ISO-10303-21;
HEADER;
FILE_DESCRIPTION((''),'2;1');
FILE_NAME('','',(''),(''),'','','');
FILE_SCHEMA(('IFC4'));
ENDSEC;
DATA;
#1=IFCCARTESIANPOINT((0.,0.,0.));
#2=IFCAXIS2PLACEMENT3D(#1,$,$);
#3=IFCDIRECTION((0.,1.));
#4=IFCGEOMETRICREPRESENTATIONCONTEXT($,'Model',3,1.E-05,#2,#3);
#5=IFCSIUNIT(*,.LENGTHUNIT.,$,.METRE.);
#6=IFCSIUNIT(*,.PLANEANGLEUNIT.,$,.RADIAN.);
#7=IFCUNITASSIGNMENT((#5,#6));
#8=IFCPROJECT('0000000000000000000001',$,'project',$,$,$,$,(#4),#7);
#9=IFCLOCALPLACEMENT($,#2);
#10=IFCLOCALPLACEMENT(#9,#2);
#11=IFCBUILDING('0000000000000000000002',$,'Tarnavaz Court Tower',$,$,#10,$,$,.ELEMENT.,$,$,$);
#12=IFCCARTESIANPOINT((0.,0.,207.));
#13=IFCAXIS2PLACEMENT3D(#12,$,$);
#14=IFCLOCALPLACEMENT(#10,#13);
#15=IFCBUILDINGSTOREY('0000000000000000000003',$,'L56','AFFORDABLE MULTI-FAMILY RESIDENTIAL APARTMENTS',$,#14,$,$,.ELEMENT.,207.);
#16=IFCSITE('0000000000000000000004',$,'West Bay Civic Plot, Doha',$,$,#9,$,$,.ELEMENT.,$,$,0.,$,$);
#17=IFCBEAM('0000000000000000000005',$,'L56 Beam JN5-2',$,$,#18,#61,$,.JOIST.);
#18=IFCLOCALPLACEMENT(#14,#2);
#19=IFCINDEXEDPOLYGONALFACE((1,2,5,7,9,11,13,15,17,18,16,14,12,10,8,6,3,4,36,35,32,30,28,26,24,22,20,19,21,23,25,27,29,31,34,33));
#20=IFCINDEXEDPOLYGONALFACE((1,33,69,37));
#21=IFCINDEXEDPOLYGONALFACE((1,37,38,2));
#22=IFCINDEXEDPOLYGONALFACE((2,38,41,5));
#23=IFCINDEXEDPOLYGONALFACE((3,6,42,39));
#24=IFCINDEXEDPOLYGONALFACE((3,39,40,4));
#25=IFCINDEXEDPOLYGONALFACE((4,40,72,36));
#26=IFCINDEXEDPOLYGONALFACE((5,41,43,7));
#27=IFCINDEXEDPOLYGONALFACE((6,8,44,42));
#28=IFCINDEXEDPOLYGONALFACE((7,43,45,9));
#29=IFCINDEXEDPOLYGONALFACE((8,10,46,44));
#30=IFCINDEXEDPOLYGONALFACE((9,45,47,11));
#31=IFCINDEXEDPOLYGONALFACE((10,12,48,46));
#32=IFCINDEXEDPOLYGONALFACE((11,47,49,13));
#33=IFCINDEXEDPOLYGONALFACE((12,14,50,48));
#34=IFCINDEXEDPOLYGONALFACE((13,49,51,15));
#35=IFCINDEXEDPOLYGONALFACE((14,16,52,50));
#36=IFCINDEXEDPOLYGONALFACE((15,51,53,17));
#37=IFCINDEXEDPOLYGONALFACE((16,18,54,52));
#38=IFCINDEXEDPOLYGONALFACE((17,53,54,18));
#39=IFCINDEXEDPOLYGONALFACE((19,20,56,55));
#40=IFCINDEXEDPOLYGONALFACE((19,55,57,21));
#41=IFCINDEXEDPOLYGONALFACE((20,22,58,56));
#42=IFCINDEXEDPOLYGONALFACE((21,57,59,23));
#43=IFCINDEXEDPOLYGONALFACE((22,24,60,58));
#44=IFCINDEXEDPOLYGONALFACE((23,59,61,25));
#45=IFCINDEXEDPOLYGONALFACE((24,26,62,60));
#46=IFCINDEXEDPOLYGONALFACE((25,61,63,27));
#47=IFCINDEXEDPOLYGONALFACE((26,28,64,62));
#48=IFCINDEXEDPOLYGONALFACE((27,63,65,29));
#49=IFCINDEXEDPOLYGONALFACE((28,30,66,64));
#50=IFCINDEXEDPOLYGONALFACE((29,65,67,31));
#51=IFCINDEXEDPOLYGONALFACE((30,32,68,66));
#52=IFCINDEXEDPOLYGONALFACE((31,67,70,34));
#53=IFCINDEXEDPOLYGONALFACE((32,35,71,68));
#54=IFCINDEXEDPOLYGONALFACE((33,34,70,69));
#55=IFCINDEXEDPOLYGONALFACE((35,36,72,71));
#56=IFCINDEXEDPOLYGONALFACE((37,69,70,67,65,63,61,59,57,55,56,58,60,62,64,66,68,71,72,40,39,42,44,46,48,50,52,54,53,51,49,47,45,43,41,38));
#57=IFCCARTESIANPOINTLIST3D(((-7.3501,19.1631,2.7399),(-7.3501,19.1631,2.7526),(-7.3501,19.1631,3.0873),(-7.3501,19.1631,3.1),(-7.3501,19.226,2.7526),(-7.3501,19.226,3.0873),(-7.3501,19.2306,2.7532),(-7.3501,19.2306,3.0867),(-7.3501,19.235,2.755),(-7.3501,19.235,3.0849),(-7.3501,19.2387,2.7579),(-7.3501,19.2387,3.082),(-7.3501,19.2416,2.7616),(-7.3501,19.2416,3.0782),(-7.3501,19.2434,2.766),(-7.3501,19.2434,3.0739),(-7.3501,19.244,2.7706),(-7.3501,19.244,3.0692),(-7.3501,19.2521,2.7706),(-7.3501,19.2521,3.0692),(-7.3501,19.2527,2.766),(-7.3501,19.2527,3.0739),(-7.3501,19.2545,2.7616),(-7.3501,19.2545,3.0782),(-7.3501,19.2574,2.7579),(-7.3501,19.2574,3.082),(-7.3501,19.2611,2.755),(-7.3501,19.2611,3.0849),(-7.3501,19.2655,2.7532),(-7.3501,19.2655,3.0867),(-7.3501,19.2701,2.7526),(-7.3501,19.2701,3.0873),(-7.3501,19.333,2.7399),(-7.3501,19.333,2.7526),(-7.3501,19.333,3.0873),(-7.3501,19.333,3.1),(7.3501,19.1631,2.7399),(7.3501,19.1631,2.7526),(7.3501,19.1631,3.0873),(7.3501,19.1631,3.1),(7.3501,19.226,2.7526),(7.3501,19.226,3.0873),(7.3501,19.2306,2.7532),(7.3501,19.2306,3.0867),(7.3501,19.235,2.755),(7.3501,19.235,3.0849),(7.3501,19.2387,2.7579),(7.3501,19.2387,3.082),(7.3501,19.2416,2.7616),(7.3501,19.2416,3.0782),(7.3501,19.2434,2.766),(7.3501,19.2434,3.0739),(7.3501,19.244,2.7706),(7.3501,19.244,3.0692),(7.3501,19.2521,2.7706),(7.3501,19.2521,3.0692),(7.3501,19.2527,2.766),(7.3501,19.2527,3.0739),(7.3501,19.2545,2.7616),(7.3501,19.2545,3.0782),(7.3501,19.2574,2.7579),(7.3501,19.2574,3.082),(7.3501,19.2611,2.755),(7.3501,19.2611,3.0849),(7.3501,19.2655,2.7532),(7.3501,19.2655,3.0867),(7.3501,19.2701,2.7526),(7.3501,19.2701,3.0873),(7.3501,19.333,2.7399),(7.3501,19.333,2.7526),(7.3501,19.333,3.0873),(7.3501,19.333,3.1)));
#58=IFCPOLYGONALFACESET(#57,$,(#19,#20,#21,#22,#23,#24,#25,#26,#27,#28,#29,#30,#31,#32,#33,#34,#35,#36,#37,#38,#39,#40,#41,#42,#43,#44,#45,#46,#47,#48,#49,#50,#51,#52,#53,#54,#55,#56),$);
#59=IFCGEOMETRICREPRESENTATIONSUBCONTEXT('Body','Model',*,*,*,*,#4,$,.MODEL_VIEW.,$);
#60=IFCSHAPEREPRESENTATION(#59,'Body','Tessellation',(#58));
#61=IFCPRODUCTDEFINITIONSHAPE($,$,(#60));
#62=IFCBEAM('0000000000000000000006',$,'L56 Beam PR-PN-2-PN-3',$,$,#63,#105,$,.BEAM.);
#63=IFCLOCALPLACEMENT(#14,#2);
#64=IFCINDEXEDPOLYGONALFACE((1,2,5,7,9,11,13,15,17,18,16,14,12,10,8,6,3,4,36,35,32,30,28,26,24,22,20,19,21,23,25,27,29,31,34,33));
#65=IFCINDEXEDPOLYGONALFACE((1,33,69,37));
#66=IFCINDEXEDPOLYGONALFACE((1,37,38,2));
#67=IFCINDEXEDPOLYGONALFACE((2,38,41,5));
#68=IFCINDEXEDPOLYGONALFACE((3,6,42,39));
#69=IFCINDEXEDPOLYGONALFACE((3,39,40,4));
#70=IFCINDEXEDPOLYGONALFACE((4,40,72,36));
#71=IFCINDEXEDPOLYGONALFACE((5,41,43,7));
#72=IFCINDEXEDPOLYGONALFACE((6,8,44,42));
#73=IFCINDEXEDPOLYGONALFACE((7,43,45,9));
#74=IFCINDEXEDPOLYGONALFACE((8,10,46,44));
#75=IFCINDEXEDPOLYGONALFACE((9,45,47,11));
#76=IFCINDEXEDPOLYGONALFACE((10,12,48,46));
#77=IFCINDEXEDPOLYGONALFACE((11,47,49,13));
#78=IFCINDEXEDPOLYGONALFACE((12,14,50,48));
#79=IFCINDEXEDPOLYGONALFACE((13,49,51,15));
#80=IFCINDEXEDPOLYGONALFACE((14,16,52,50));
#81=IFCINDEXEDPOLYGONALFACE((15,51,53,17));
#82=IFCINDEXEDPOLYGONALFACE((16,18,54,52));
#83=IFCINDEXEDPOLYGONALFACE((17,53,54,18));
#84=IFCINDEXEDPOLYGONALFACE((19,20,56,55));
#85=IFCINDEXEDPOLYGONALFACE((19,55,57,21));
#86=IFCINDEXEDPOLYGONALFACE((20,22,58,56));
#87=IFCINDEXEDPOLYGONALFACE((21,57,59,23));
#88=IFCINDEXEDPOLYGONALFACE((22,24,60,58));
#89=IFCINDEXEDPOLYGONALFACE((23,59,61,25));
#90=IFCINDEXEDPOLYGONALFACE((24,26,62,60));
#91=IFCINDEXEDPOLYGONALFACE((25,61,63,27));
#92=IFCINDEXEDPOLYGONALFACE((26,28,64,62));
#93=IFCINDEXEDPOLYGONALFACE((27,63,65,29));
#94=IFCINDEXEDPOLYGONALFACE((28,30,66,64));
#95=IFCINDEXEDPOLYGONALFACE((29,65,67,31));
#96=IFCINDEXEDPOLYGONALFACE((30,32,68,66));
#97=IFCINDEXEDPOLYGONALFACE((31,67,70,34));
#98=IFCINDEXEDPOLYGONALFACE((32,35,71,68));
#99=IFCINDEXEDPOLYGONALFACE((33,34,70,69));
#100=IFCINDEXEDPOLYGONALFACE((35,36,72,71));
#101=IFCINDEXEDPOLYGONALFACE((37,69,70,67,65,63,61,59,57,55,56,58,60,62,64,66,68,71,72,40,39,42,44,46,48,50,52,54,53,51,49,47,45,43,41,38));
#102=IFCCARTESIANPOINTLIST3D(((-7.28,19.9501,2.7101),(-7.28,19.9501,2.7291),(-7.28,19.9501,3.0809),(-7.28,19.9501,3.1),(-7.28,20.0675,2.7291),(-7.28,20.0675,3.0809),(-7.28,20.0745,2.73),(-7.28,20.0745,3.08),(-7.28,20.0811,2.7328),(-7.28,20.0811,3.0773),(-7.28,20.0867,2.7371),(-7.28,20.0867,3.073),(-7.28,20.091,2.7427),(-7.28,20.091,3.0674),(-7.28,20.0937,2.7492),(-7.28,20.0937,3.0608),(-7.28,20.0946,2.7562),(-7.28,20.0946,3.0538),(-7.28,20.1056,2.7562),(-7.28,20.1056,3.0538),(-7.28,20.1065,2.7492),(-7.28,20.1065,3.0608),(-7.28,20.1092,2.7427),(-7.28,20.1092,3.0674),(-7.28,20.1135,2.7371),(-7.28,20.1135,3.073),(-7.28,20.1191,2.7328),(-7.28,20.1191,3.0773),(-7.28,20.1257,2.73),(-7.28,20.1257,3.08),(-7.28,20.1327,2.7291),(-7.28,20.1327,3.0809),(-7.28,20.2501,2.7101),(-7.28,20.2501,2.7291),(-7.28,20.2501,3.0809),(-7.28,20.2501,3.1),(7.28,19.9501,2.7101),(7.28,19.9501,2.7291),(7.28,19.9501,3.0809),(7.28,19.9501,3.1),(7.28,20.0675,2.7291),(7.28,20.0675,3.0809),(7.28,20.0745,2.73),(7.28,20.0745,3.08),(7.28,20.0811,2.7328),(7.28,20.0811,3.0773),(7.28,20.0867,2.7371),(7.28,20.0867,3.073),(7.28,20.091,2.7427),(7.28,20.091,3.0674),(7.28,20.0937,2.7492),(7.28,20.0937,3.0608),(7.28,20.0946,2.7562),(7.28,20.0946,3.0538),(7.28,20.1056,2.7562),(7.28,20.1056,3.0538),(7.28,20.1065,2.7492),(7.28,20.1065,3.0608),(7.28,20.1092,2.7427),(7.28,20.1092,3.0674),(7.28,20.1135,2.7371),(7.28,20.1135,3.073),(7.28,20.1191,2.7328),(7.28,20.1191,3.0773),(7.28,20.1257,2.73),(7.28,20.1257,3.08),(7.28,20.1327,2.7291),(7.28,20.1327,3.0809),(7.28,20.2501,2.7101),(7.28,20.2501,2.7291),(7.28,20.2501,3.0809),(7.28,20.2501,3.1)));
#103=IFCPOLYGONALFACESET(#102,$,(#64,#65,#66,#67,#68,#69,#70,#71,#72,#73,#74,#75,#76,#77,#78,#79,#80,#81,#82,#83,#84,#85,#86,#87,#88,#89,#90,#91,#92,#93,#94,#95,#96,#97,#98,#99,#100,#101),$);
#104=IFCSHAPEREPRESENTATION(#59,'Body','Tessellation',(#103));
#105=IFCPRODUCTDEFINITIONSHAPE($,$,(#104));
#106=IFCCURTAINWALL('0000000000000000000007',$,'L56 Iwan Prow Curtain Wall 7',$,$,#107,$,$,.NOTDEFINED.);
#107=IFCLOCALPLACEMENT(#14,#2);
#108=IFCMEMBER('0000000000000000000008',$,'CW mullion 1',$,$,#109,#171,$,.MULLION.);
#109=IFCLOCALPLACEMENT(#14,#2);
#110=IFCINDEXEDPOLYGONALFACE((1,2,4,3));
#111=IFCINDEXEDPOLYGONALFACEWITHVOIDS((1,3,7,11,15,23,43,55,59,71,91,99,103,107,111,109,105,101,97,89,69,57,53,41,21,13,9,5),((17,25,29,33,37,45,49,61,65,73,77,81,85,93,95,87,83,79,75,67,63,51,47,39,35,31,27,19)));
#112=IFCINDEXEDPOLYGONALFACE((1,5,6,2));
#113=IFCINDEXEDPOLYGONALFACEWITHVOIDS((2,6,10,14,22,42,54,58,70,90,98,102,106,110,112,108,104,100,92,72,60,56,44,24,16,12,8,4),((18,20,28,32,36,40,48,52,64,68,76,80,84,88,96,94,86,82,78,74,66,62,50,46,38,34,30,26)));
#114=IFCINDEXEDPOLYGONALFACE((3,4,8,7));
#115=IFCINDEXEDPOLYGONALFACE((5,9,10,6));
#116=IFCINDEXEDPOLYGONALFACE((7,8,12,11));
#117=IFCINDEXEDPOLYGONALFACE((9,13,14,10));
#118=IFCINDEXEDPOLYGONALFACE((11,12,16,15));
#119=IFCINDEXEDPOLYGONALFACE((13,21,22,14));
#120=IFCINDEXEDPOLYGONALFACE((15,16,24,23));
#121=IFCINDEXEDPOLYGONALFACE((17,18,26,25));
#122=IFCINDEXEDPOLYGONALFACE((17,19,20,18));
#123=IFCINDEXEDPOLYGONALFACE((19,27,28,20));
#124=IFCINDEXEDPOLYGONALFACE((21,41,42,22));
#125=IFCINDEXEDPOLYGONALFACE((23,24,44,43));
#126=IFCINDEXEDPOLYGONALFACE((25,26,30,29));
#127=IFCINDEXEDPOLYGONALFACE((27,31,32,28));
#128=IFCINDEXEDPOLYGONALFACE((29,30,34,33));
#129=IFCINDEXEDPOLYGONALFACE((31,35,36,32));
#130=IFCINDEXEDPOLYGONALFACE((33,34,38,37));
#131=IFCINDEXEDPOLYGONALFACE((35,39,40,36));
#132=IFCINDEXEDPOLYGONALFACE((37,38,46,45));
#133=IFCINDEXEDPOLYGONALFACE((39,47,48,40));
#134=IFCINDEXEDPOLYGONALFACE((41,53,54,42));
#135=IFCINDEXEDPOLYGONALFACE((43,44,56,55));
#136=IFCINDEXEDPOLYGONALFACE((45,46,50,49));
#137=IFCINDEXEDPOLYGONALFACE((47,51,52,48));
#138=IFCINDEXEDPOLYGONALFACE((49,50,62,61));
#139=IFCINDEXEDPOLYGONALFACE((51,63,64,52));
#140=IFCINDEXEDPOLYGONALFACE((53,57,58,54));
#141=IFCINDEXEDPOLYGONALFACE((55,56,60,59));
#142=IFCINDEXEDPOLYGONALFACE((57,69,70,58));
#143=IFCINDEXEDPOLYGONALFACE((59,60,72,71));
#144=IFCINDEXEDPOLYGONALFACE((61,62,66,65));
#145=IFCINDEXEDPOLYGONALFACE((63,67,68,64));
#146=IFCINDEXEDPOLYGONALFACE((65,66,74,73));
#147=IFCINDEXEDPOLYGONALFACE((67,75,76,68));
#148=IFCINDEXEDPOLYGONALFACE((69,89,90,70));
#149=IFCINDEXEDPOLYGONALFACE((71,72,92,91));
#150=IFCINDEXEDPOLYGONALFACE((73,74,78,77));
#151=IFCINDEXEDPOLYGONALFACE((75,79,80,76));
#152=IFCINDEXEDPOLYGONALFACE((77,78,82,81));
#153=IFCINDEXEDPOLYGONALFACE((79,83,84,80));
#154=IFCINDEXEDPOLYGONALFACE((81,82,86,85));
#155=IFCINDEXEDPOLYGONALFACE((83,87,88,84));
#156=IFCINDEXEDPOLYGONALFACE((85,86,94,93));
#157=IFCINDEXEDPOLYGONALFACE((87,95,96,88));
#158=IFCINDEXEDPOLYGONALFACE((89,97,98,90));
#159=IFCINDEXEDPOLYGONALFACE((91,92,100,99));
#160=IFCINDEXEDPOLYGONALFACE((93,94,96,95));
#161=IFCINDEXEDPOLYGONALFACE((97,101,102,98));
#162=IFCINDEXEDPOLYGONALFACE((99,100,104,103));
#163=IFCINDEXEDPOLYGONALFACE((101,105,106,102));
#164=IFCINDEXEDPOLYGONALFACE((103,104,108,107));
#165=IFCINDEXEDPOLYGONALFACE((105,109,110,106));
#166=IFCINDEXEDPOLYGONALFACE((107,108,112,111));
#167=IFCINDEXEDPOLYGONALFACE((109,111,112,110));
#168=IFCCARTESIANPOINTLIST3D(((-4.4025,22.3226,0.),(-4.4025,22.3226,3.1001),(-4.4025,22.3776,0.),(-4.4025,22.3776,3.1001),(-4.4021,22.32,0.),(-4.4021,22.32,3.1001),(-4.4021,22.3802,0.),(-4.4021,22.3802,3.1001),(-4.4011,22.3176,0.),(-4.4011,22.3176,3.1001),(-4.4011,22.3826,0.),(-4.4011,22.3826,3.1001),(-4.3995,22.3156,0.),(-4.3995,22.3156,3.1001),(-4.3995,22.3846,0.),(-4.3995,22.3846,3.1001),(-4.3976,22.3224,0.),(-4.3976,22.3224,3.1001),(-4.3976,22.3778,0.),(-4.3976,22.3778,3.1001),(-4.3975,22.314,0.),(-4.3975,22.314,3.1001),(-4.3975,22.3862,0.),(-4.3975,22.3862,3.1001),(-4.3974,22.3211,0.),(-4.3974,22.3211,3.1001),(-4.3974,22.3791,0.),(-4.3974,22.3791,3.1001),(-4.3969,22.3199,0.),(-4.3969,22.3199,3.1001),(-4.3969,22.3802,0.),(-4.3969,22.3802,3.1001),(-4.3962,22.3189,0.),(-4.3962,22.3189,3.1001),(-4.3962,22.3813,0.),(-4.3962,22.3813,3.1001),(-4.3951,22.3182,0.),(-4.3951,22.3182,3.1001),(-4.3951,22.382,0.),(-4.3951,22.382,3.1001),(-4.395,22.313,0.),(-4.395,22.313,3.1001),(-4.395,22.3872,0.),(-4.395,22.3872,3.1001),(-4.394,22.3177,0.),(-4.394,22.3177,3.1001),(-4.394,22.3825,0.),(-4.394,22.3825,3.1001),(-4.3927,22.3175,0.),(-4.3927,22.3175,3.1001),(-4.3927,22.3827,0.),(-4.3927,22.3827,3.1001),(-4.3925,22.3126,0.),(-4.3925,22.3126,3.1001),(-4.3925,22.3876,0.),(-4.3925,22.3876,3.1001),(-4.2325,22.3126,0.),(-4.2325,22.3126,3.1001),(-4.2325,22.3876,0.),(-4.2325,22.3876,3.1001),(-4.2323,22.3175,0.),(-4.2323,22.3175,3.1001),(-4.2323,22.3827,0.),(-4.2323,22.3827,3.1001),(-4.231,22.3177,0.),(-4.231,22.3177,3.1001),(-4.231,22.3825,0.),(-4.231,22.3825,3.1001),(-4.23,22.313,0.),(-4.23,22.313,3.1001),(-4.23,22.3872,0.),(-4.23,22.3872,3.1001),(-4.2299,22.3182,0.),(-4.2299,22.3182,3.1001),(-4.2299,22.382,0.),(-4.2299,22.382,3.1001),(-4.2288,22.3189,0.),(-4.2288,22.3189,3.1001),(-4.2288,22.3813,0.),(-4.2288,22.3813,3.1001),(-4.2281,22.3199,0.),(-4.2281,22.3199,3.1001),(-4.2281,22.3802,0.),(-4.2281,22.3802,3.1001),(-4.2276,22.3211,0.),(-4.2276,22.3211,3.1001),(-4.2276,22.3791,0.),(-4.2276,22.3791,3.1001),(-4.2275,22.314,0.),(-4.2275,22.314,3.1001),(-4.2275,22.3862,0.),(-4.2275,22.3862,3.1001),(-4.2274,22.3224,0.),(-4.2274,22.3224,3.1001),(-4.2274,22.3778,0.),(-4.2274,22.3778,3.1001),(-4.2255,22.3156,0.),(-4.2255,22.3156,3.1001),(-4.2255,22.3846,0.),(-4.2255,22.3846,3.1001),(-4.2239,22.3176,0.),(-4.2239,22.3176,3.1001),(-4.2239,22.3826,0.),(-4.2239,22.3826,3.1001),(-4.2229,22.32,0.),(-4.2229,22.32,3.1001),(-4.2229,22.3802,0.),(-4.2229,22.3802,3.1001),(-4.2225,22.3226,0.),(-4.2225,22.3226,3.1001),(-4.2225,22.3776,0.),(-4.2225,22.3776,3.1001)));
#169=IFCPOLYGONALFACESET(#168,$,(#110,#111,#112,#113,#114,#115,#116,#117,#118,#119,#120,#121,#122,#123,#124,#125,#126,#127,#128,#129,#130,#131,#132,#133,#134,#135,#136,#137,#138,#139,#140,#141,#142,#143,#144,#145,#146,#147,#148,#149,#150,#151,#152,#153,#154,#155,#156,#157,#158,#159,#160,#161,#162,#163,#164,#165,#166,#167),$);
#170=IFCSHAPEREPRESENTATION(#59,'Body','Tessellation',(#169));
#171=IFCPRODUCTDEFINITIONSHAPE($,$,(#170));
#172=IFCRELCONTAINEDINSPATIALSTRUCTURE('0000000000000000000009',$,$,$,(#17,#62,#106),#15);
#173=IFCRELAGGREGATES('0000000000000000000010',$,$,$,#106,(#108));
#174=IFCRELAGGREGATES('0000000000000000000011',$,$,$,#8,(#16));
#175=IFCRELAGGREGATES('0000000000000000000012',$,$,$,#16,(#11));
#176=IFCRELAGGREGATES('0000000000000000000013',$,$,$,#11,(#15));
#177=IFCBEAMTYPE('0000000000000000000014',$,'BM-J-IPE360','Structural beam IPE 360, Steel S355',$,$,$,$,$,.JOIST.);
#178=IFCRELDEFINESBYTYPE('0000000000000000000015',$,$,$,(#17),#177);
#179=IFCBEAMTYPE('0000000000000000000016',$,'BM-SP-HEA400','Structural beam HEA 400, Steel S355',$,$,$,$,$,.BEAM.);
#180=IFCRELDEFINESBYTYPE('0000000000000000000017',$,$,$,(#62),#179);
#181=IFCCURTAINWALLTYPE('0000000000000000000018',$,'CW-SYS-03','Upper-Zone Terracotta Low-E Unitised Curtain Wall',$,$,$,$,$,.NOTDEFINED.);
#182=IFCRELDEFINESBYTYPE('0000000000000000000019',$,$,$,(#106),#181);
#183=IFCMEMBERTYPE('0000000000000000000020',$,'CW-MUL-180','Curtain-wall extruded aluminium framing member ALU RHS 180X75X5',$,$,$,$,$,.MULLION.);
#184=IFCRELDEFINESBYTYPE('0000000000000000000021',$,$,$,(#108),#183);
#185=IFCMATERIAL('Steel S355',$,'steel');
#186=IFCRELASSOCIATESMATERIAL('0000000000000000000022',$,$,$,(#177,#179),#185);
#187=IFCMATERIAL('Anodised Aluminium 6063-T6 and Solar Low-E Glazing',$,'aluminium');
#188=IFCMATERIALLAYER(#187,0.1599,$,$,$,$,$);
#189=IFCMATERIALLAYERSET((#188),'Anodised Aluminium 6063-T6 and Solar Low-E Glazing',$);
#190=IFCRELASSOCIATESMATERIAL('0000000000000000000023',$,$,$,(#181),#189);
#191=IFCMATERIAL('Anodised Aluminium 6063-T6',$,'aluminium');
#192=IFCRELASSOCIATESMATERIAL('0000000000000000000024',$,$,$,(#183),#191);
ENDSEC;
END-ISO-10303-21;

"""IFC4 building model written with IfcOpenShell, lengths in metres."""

from ifc_helpers import new_model, si_unit, direction, frame, origin, origin_2d, place, context, subcontext, project, spatial, hollow_rectangle, i_section, extrude, material, layer, layer_set, material_profile, profile_set, type_object, element, aggregate, save


model = new_model("IFC4")

# Units and contexts
model_context = context("Model", 3, precision=1e-05, world=origin(), true_north=direction((0.0, 1.0)))
body_context = subcontext(model_context, "Body", "Model", "MODEL_VIEW")
ifc_project = project(units=[si_unit("LENGTHUNIT", "METRE"), si_unit("PLANEANGLEUNIT", "RADIAN")], contexts=[model_context])

# Site, building, storey
site_placement = place(None, origin())
site = spatial("IfcSite", under=ifc_project, at=site_placement, Name="West Bay Civic Plot, Doha", CompositionType="ELEMENT", RefElevation=0.0)
building_placement = place(site_placement, origin())
building = spatial("IfcBuilding", under=site, at=building_placement, Name="Tarnavaz Court Tower", CompositionType="ELEMENT")
storey_placement = place(building_placement, frame((0.0, 0.0, 207.0)))
storey = spatial("IfcBuildingStorey", under=building, at=storey_placement, Name="L56", Description="AFFORDABLE MULTI-FAMILY RESIDENTIAL APARTMENTS", CompositionType="ELEMENT", Elevation=207.0)

# Beams
ifc_material_1 = material(Name="Steel S355", Category="steel")
ifc_material_profile_1 = material_profile(ifc_material_1, i_section(OverallWidth=0.1699, OverallDepth=0.3601, WebThickness=0.0081, FlangeThickness=0.0127, FilletRadius=0.0181, at=origin_2d()), Name="IPE 360")
ifc_profile_set_1 = profile_set([ifc_material_profile_1], Name="Steel S355")
beam_type_1 = type_object("IfcBeamType", Name="BM-J-IPE360", Description="Structural beam IPE 360, Steel S355", PredefinedType="JOIST", material=ifc_profile_set_1)
for number, where, z_axis, x_axis, name in (
    (1, (-7.3501, 19.248, 2.9199), (1.0, 0.0, 0.0), (0.0, 1.0, 0.0), "L56 Beam JN5-2"),
):
    element("IfcBeam", number, at=place(storey_placement, frame(where, z_axis=z_axis, x_axis=x_axis)), inside=storey, type_object=beam_type_1, Name=name, PredefinedType="JOIST", context=body_context, shape_type="SweptSolid", body=[
        extrude(i_section(OverallWidth=0.1699, OverallDepth=0.3601, WebThickness=0.0081, FlangeThickness=0.0127, FilletRadius=0.0181, at=origin_2d()), origin(), (0.0, 0.0, 1.0), 14.7002),
    ])
ifc_material_profile_2 = material_profile(ifc_material_1, i_section(OverallWidth=0.3, OverallDepth=0.3899, WebThickness=0.011, FlangeThickness=0.019, FilletRadius=0.0271, at=origin_2d()), Name="HEA 400")
ifc_profile_set_2 = profile_set([ifc_material_profile_2], Name="Steel S355")
beam_type_2 = type_object("IfcBeamType", Name="BM-SP-HEA400", Description="Structural beam HEA 400, Steel S355", PredefinedType="BEAM", material=ifc_profile_set_2)
beam_placement = place(storey_placement, frame((-7.28, 20.1001, 2.905), z_axis=(1.0, 0.0, 0.0), x_axis=(0.0, 1.0, 0.0)))
element("IfcBeam", 2, at=beam_placement, inside=storey, type_object=beam_type_2, Name="L56 Beam PR-PN-2-PN-3", PredefinedType="BEAM", context=body_context, shape_type="SweptSolid", body=[
    extrude(i_section(OverallWidth=0.3, OverallDepth=0.3899, WebThickness=0.011, FlangeThickness=0.019, FilletRadius=0.0271, at=origin_2d()), origin(), (0.0, 0.0, 1.0), 14.5601),
])

# Curtain wall, member
ifc_material_2 = material(Name="Anodised Aluminium 6063-T6 and Solar Low-E Glazing", Category="aluminium")
ifc_layer_1 = layer(ifc_material_2, 0.1599)
ifc_layer_set_1 = layer_set([ifc_layer_1], Name="Anodised Aluminium 6063-T6 and Solar Low-E Glazing")
curtain_wall_type = type_object("IfcCurtainWallType", Name="CW-SYS-03", Description="Upper-Zone Terracotta Low-E Unitised Curtain Wall", PredefinedType="NOTDEFINED", material=ifc_layer_set_1)
curtain_wall_placement = place(storey_placement, origin())
curtain_wall = element("IfcCurtainWall", 3, at=curtain_wall_placement, inside=storey, type_object=curtain_wall_type, Name="L56 Iwan Prow Curtain Wall 7", PredefinedType="NOTDEFINED")
ifc_material_3 = material(Name="Anodised Aluminium 6063-T6", Category="aluminium")
ifc_material_profile_3 = material_profile(ifc_material_3, hollow_rectangle(XDim=0.075, YDim=0.1799, WallThickness=0.0049, InnerFilletRadius=0.0049, OuterFilletRadius=0.01, at=origin_2d()), Name="ALU RHS 180X75X5")
ifc_profile_set_3 = profile_set([ifc_material_profile_3], Name="Anodised Aluminium 6063-T6")
member_type_1 = type_object("IfcMemberType", Name="CW-MUL-180", Description="Curtain-wall extruded aluminium framing member ALU RHS 180X75X5", PredefinedType="MULLION", material=ifc_profile_set_3)
member_1_placement = place(storey_placement, frame((-4.3125, 22.3501, 0.0), z_axis=(0.0, 0.0, 1.0), x_axis=(0.0, 1.0, 0.0)))
member_1 = element("IfcMember", 4, at=member_1_placement, type_object=member_type_1, Name="CW mullion 1", PredefinedType="MULLION", context=body_context, shape_type="SweptSolid", body=[
    extrude(hollow_rectangle(XDim=0.075, YDim=0.1799, WallThickness=0.0049, InnerFilletRadius=0.0049, OuterFilletRadius=0.01, at=origin_2d()), origin(), (0.0, 0.0, 1.0), 3.1001),
])
aggregate(curtain_wall, [member_1])

save(model, "model.ifc")
